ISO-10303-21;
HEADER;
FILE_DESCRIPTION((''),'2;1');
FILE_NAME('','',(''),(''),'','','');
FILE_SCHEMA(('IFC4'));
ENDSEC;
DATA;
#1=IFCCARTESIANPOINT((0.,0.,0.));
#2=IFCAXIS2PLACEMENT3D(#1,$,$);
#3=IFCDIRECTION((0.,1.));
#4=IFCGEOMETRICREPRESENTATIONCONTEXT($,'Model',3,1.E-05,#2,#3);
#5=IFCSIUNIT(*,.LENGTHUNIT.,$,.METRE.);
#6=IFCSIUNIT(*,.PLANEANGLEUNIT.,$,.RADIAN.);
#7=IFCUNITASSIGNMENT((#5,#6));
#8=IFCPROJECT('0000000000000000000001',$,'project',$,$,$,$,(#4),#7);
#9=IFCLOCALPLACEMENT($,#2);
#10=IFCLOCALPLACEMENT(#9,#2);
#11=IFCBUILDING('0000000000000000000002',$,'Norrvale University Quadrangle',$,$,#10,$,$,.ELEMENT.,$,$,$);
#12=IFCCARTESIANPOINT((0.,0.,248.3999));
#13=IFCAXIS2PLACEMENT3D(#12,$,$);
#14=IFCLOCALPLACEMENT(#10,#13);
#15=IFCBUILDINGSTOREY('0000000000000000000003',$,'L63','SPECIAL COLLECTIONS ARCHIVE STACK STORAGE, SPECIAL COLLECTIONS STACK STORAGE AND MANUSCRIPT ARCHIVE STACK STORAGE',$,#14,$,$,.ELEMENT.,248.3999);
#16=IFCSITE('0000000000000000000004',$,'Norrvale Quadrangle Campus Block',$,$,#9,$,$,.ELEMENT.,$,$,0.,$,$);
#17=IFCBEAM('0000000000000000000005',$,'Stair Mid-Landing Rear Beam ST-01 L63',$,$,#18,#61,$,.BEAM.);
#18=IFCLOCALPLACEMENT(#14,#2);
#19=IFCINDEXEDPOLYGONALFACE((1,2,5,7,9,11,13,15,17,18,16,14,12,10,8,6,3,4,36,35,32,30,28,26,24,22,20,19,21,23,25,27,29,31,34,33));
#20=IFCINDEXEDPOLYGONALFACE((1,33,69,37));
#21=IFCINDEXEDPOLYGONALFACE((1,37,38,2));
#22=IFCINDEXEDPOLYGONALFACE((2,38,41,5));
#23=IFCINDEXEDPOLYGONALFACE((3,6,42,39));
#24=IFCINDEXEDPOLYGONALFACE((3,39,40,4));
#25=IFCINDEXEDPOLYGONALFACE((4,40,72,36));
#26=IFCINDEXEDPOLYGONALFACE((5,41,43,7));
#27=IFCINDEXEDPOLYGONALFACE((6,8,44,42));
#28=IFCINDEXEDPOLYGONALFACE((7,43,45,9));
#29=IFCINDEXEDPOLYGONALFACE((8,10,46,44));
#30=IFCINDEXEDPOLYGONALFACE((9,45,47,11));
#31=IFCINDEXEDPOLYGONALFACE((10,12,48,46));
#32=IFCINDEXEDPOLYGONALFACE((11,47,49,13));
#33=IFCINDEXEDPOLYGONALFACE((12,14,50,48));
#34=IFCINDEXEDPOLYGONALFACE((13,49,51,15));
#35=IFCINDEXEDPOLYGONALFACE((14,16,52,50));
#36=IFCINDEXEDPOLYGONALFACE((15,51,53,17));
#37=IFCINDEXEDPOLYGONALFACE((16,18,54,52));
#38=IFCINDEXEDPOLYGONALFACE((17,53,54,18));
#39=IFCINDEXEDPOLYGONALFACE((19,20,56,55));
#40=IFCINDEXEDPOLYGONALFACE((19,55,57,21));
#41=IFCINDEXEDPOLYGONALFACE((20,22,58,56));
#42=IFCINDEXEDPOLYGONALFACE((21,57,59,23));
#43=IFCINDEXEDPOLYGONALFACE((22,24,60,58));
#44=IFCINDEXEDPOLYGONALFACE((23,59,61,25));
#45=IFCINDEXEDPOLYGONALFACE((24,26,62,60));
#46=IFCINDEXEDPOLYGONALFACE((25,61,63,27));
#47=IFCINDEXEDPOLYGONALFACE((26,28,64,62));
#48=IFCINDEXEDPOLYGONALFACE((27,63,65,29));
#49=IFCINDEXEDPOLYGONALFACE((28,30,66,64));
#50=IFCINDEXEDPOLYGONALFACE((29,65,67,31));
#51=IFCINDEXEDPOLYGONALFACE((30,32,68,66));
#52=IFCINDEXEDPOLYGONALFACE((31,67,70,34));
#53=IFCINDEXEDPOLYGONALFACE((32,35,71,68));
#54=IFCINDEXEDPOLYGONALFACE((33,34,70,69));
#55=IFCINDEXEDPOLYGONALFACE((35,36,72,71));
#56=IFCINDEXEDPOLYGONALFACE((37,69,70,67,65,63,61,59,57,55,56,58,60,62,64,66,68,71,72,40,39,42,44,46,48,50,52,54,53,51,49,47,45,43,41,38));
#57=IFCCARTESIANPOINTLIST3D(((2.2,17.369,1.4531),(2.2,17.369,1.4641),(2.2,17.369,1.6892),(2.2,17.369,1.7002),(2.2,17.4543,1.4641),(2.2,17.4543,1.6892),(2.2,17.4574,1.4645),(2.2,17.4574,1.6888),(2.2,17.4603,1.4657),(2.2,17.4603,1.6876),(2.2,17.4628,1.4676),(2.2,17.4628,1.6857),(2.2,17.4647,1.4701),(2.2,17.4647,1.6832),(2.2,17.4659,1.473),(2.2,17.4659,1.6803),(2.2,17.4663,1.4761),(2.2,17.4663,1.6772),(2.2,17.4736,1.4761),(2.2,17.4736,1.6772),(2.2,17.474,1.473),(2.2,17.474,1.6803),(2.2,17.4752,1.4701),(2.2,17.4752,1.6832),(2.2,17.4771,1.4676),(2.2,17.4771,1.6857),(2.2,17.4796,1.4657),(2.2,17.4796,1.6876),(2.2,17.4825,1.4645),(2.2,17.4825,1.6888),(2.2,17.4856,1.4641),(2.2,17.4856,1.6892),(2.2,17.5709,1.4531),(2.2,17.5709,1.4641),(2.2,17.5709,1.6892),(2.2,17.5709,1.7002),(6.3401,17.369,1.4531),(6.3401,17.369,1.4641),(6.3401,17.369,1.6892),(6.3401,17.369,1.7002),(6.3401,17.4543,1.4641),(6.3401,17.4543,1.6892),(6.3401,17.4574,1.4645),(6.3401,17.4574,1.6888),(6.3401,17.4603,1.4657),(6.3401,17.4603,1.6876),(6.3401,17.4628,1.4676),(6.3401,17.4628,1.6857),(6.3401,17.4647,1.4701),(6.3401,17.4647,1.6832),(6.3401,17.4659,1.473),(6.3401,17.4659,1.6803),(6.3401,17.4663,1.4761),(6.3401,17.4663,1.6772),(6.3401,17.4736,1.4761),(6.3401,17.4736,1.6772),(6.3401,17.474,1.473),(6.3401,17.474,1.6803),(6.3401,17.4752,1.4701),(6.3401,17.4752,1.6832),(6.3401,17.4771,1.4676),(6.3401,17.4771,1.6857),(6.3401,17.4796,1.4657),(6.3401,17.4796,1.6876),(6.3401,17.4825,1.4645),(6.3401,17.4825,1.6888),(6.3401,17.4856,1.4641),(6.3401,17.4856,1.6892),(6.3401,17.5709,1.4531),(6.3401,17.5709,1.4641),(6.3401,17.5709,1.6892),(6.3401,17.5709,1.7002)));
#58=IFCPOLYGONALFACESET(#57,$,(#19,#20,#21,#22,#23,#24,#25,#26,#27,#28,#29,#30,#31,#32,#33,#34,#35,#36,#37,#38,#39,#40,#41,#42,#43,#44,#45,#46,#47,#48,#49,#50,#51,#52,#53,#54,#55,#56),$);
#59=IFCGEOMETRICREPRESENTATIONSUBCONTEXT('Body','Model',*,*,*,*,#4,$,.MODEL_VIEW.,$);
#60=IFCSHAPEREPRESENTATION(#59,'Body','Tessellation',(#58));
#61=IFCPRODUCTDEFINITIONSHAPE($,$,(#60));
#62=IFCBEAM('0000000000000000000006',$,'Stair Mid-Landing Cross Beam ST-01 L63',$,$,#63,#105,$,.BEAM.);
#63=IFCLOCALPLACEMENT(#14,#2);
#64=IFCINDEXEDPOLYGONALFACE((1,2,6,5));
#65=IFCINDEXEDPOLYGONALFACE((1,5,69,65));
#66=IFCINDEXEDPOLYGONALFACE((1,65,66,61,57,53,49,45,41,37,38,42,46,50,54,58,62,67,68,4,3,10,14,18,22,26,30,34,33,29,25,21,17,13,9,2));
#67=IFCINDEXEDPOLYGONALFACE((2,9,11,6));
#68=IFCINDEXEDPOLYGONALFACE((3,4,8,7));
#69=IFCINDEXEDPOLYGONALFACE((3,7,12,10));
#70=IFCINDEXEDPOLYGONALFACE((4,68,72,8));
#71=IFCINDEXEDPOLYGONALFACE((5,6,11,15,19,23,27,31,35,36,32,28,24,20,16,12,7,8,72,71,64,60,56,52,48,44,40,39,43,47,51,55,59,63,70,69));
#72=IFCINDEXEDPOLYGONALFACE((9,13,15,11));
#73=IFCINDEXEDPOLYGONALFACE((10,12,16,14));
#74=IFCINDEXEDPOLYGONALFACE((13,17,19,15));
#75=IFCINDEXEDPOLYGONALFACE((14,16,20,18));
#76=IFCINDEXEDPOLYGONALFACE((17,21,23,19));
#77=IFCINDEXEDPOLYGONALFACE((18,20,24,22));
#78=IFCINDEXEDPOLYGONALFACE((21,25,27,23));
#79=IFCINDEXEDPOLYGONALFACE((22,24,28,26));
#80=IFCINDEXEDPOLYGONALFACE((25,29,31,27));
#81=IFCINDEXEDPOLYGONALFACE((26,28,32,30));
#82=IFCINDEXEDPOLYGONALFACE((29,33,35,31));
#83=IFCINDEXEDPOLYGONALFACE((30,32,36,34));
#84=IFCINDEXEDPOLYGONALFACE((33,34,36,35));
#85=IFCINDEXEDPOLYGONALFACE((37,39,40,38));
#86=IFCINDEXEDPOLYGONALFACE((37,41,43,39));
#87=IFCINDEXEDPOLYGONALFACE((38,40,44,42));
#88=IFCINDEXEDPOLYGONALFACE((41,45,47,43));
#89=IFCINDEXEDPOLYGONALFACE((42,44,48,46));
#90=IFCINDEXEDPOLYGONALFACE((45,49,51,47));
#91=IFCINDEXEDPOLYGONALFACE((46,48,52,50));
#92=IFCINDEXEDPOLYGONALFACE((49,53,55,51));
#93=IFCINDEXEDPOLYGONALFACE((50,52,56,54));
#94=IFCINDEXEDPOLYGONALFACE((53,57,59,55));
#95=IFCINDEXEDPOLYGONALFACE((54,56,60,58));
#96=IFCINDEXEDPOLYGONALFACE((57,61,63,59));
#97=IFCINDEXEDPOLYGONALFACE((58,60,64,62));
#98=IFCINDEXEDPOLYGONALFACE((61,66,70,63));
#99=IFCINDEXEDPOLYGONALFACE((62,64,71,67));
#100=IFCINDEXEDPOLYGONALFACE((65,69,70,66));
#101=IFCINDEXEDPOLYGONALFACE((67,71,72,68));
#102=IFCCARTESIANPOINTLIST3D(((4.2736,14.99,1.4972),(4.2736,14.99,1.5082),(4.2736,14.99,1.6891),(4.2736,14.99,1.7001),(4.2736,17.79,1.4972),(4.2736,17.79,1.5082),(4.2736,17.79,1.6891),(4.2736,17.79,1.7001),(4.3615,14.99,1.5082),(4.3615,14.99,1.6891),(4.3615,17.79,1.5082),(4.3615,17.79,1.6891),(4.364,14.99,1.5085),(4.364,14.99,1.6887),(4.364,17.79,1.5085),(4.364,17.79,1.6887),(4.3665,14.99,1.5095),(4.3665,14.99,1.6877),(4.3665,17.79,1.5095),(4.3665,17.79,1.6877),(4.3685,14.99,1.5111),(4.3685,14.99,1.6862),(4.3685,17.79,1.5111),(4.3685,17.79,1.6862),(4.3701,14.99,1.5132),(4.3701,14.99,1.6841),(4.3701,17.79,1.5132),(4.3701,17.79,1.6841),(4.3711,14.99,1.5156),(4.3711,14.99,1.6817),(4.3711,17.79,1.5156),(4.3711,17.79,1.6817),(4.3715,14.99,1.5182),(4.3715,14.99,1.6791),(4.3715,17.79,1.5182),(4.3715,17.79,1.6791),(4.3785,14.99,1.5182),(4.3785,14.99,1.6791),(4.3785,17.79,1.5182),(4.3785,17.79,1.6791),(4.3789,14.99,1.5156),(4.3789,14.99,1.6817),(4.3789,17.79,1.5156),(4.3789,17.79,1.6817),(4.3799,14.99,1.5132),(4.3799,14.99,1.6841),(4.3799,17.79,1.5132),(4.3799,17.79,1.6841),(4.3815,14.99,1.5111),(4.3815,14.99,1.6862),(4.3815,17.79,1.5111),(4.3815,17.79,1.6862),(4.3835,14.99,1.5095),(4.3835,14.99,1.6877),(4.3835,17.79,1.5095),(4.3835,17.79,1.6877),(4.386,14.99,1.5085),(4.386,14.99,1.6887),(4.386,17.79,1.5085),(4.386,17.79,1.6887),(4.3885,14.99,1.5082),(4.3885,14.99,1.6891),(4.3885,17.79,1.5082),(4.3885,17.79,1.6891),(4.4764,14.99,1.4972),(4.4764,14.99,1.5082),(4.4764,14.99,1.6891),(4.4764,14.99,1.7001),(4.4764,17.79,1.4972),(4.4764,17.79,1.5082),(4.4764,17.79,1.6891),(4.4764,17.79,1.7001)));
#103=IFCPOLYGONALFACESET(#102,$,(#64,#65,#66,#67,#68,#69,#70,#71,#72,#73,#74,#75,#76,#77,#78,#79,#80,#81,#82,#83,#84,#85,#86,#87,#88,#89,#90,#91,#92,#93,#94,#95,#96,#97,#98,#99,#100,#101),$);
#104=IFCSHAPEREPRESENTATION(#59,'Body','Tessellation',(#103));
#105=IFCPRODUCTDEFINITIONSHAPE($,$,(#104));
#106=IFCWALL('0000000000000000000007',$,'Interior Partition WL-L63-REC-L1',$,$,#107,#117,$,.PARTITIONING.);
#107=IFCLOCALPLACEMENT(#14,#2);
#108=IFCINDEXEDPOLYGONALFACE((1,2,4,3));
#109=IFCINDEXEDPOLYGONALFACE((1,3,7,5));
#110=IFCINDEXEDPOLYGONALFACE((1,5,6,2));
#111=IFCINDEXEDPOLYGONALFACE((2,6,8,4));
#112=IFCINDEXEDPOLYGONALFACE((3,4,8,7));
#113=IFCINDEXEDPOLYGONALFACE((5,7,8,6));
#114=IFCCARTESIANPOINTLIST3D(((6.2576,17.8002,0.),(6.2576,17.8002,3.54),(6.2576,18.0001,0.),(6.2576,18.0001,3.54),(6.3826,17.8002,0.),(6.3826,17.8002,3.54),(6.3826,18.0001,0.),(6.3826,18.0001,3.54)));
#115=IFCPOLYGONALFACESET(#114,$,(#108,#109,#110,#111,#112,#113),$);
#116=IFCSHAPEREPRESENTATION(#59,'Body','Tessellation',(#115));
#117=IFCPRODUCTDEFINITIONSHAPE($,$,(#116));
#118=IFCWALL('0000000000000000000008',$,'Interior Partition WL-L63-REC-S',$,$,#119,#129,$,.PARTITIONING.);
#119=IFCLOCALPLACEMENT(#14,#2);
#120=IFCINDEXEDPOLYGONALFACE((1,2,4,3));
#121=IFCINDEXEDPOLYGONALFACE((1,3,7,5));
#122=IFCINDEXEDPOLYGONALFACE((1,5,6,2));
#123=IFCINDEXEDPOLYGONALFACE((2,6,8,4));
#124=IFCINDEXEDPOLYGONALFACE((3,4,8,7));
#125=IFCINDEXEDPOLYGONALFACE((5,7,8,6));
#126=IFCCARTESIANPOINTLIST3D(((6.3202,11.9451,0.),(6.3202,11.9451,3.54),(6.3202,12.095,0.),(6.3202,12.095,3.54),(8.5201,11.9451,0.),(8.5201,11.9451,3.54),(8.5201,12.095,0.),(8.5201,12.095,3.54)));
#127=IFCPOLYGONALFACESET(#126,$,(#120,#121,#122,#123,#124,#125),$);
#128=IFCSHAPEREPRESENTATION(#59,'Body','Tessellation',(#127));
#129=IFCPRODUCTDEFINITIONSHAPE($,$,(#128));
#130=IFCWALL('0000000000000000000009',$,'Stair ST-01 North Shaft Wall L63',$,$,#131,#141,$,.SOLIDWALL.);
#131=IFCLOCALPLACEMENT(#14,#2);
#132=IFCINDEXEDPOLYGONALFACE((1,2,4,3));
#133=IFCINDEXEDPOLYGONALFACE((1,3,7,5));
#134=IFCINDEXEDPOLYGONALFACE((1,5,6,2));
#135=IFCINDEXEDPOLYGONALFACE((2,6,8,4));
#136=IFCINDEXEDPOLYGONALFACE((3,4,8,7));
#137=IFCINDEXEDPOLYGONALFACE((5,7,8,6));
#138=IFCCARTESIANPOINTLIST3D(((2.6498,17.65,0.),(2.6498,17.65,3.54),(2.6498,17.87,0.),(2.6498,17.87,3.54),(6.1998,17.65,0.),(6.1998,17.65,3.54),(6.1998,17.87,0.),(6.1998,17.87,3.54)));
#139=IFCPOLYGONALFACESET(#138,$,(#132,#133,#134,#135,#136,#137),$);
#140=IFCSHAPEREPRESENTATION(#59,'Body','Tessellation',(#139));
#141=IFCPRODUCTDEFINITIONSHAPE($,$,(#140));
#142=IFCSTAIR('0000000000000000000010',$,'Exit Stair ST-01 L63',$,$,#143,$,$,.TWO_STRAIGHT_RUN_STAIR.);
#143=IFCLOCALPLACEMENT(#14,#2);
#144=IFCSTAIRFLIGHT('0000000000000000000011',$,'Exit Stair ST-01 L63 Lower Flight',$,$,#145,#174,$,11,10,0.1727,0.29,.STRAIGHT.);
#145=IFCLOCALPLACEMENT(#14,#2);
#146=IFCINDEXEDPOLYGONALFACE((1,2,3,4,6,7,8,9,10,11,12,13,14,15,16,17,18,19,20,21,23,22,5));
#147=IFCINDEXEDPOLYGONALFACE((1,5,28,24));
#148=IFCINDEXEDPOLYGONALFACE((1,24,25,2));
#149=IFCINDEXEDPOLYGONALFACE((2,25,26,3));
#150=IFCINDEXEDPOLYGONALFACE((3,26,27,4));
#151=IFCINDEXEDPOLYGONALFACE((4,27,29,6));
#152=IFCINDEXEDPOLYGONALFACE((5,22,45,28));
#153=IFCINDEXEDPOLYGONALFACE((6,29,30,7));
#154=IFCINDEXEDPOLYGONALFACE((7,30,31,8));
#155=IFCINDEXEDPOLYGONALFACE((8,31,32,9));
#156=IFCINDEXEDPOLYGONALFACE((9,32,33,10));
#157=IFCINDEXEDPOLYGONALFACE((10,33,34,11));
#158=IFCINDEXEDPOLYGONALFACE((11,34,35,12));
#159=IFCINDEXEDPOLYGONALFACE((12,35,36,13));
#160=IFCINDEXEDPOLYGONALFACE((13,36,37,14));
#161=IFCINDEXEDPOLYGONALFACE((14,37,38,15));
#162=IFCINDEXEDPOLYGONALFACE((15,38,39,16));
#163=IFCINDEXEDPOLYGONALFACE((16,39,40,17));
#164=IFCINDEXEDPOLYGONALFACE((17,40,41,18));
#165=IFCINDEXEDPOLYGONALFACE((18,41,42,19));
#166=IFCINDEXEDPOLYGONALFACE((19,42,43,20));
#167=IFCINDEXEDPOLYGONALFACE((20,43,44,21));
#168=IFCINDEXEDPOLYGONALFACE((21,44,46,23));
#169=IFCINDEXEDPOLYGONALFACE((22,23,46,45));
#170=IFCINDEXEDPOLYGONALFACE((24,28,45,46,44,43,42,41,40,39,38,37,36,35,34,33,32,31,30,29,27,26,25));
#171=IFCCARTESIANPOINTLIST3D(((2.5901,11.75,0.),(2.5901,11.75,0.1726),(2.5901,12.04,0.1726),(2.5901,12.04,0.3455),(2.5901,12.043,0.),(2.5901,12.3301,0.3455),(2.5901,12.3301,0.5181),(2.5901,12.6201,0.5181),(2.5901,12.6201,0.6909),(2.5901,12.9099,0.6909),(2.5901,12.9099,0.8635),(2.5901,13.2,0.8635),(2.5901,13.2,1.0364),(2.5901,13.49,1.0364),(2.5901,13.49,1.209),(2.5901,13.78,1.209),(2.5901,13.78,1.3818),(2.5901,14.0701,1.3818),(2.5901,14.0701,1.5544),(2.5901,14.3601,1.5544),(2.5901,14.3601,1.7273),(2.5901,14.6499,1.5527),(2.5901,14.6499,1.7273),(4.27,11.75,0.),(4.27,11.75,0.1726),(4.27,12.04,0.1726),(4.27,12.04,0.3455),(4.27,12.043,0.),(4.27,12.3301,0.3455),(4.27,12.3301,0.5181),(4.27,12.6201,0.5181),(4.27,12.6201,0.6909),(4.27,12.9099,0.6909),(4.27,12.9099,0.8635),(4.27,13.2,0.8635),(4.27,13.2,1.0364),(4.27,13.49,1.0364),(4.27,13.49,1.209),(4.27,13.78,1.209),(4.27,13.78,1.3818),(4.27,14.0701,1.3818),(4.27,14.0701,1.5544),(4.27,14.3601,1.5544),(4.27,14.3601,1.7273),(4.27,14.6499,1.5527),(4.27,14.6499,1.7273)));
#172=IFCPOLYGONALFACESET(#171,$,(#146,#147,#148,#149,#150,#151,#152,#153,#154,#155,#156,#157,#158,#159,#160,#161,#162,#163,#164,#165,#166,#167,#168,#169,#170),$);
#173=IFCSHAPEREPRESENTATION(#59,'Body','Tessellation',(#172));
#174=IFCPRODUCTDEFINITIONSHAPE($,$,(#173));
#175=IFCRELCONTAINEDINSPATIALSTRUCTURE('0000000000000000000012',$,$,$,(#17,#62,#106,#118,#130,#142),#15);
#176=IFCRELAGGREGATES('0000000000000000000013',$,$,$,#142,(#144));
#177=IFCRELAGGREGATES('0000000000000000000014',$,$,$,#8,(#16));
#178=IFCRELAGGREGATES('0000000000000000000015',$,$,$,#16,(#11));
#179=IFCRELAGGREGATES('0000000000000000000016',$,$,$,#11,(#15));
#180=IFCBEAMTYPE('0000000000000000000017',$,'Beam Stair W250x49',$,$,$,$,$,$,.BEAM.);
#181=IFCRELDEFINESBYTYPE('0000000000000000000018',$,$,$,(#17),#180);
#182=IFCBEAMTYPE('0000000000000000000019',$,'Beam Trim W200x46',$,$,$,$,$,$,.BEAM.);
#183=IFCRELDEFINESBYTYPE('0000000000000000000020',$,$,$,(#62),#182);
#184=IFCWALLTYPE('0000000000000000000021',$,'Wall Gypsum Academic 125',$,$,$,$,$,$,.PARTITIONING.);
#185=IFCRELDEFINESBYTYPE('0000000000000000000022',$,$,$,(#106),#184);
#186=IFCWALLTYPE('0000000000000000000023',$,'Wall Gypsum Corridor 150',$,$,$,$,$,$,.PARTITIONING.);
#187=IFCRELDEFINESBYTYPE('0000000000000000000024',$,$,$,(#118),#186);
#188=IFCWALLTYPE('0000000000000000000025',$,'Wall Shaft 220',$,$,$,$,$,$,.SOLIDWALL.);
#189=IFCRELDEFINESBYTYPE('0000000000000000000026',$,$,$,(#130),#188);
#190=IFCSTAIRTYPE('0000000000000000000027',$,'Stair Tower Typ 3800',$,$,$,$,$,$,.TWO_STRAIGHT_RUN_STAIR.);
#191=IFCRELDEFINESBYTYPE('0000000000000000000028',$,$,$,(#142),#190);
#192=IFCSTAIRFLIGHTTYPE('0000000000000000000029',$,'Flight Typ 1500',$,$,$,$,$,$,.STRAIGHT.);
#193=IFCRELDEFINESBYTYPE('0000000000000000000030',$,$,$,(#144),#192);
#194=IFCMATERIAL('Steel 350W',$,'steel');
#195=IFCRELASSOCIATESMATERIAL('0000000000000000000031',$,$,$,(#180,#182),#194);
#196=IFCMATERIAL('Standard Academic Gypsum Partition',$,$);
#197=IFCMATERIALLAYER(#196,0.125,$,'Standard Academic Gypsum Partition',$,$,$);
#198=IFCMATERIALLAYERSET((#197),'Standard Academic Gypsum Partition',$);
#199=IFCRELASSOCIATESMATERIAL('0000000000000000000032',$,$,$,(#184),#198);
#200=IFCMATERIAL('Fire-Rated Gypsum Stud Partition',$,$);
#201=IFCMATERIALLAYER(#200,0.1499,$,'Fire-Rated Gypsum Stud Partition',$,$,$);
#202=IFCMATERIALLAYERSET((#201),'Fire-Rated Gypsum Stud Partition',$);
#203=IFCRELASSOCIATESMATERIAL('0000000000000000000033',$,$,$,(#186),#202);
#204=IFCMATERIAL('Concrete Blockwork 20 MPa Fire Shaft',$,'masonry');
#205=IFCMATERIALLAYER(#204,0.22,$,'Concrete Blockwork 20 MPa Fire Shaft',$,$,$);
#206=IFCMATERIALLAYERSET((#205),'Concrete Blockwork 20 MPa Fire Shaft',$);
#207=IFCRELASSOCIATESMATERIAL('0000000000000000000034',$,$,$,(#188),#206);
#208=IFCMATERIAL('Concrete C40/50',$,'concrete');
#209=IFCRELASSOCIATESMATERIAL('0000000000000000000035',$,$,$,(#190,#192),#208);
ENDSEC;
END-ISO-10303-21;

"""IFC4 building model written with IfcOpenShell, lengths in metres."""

from ifc_helpers import new_model, si_unit, direction, frame, frame_2d, origin, origin_2d, place, context, subcontext, project, spatial, polyline, rectangle, i_section, outline, extrude, material, layer, layer_set, material_profile, profile_set, type_object, element, aggregate, save


model = new_model("IFC4")

# Units and contexts
model_context = context("Model", 3, precision=1e-05, world=origin(), true_north=direction((0.0, 1.0)))
body_context = subcontext(model_context, "Body", "Model", "MODEL_VIEW")
ifc_project = project(units=[si_unit("LENGTHUNIT", "METRE"), si_unit("PLANEANGLEUNIT", "RADIAN")], contexts=[model_context])

# Site, building, storey
site_placement = place(None, origin())
site = spatial("IfcSite", under=ifc_project, at=site_placement, Name="Norrvale Quadrangle Campus Block", CompositionType="ELEMENT", RefElevation=0.0)
building_placement = place(site_placement, origin())
building = spatial("IfcBuilding", under=site, at=building_placement, Name="Norrvale University Quadrangle", CompositionType="ELEMENT")
storey_placement = place(building_placement, frame((0.0, 0.0, 248.3999)))
storey = spatial("IfcBuildingStorey", under=building, at=storey_placement, Name="L63", Description="SPECIAL COLLECTIONS ARCHIVE STACK STORAGE, SPECIAL COLLECTIONS STACK STORAGE AND MANUSCRIPT ARCHIVE STACK STORAGE", CompositionType="ELEMENT", Elevation=248.3999)

# Beams
ifc_material_1 = material(Name="Steel 350W", Category="steel")
ifc_material_profile_1 = material_profile(ifc_material_1, i_section(OverallWidth=0.2019, OverallDepth=0.2471, WebThickness=0.0073, FlangeThickness=0.011, FilletRadius=0.012, at=origin_2d()), Name="Steel 350W")
ifc_profile_set_1 = profile_set([ifc_material_profile_1], Name="Steel 350W")
beam_type_1 = type_object("IfcBeamType", Name="Beam Stair W250x49", PredefinedType="BEAM", material=ifc_profile_set_1)
for number, where, z_axis, x_axis, name in (
    (1, (2.2, 17.47, 1.5767), (1.0, 0.0, 0.0), (0.0, 1.0, 0.0), "Stair Mid-Landing Rear Beam ST-01 L63"),
):
    element("IfcBeam", number, at=place(storey_placement, frame(where, z_axis=z_axis, x_axis=x_axis)), inside=storey, type_object=beam_type_1, Name=name, PredefinedType="BEAM", context=body_context, shape_type="SweptSolid", body=[
        extrude(i_section(OverallWidth=0.2019, OverallDepth=0.2471, WebThickness=0.0073, FlangeThickness=0.011, FilletRadius=0.012, at=origin_2d()), origin(), (0.0, 0.0, 1.0), 4.1401),
    ])
ifc_material_profile_2 = material_profile(ifc_material_1, i_section(OverallWidth=0.2029, OverallDepth=0.2029, WebThickness=0.0071, FlangeThickness=0.011, FilletRadius=0.01, at=origin_2d()), Name="Steel 350W")
ifc_profile_set_2 = profile_set([ifc_material_profile_2], Name="Steel 350W")
beam_type_2 = type_object("IfcBeamType", Name="Beam Trim W200x46", PredefinedType="BEAM", material=ifc_profile_set_2)
beam_1_placement = place(storey_placement, frame((4.375, 14.99, 1.5986), z_axis=(0.0, 1.0, 0.0), x_axis=(-1.0, 0.0, 0.0)))
element("IfcBeam", 2, at=beam_1_placement, inside=storey, type_object=beam_type_2, Name="Stair Mid-Landing Cross Beam ST-01 L63", PredefinedType="BEAM", context=body_context, shape_type="SweptSolid", body=[
    extrude(i_section(OverallWidth=0.2029, OverallDepth=0.2029, WebThickness=0.0071, FlangeThickness=0.011, FilletRadius=0.01, at=origin_2d()), origin(), (0.0, 0.0, 1.0), 2.8),
])

# Walls
ifc_material_2 = material(Name="Standard Academic Gypsum Partition")
ifc_layer_1 = layer(ifc_material_2, 0.125, Name="Standard Academic Gypsum Partition")
ifc_layer_set_1 = layer_set([ifc_layer_1], Name="Standard Academic Gypsum Partition")
wall_type_1 = type_object("IfcWallType", Name="Wall Gypsum Academic 125", PredefinedType="PARTITIONING", material=ifc_layer_set_1)
wall_1_placement = place(storey_placement, frame((6.3201, 17.8, 0.0), z_axis=(0.0, 0.0, 1.0), x_axis=(0.0, 1.0, 0.0)))
element("IfcWall", 3, at=wall_1_placement, inside=storey, type_object=wall_type_1, Name="Interior Partition WL-L63-REC-L1", PredefinedType="PARTITIONING", context=body_context, shape_type="SweptSolid", body=[
    extrude(rectangle(XDim=0.2, YDim=0.125, at=frame_2d((0.1001, 0.0))), origin(), (0.0, 0.0, 1.0), 3.54),
])
ifc_material_3 = material(Name="Fire-Rated Gypsum Stud Partition")
ifc_layer_2 = layer(ifc_material_3, 0.1499, Name="Fire-Rated Gypsum Stud Partition")
ifc_layer_set_2 = layer_set([ifc_layer_2], Name="Fire-Rated Gypsum Stud Partition")
wall_type_2 = type_object("IfcWallType", Name="Wall Gypsum Corridor 150", PredefinedType="PARTITIONING", material=ifc_layer_set_2)
wall_2_placement = place(storey_placement, frame((6.3201, 12.02, 0.0), z_axis=(0.0, 0.0, 1.0), x_axis=(1.0, 0.0, 0.0)))
element("IfcWall", 4, at=wall_2_placement, inside=storey, type_object=wall_type_2, Name="Interior Partition WL-L63-REC-S", PredefinedType="PARTITIONING", context=body_context, shape_type="SweptSolid", body=[
    extrude(rectangle(XDim=2.2, YDim=0.1499, at=frame_2d((1.1001, 0.0))), origin(), (0.0, 0.0, 1.0), 3.54),
])
ifc_material_4 = material(Name="Concrete Blockwork 20 MPa Fire Shaft", Category="masonry")
ifc_layer_3 = layer(ifc_material_4, 0.22, Name="Concrete Blockwork 20 MPa Fire Shaft")
ifc_layer_set_3 = layer_set([ifc_layer_3], Name="Concrete Blockwork 20 MPa Fire Shaft")
wall_type_3 = type_object("IfcWallType", Name="Wall Shaft 220", PredefinedType="SOLIDWALL", material=ifc_layer_set_3)
wall_3_placement = place(storey_placement, frame((2.6499, 17.76, 0.0), z_axis=(0.0, 0.0, 1.0), x_axis=(1.0, 0.0, 0.0)))
element("IfcWall", 5, at=wall_3_placement, inside=storey, type_object=wall_type_3, Name="Stair ST-01 North Shaft Wall L63", PredefinedType="SOLIDWALL", context=body_context, shape_type="SweptSolid", body=[
    extrude(rectangle(XDim=3.55, YDim=0.22, at=frame_2d((1.7749, 0.0))), origin(), (0.0, 0.0, 1.0), 3.54),
])

# Stair, stair flight
ifc_material_5 = material(Name="Concrete C40/50", Category="concrete")
stair_type = type_object("IfcStairType", Name="Stair Tower Typ 3800", PredefinedType="TWO_STRAIGHT_RUN_STAIR", material=ifc_material_5)
stair_placement = place(storey_placement, origin())
stair = element("IfcStair", 6, at=stair_placement, inside=storey, type_object=stair_type, Name="Exit Stair ST-01 L63", PredefinedType="TWO_STRAIGHT_RUN_STAIR")
stair_flight_type = type_object("IfcStairFlightType", Name="Flight Typ 1500", PredefinedType="STRAIGHT", material=ifc_material_5)
stair_flight_1_placement = place(storey_placement, frame((3.4299, 11.75, 0.0), z_axis=(0.0, 0.0, 1.0), x_axis=(0.0, 1.0, 0.0)))
stair_flight_1 = element("IfcStairFlight", 7, at=stair_flight_1_placement, type_object=stair_flight_type, Name="Exit Stair ST-01 L63 Lower Flight", NumberOfRisers=11, NumberOfTreads=10, PredefinedType="STRAIGHT", RiserHeight=0.1727, TreadLength=0.29, context=body_context, shape_type="SweptSolid", body=[
    extrude(outline(polyline([(0.0, 0.0), (0.0, 0.1726), (0.29, 0.1726), (0.29, 0.3455), (0.5801, 0.3455), (0.5801, 0.5181), (0.8701, 0.5181), (0.8701, 0.6909), (1.1599, 0.6909), (1.1599, 0.8635), (1.45, 0.8635), (1.45, 1.0364), (1.74, 1.0364), (1.74, 1.209), (2.03, 1.209), (2.03, 1.3818), (2.3201, 1.3818), (2.3201, 1.5544), (2.6101, 1.5544), (2.6101, 1.7273), (2.8999, 1.7273), (2.8999, 1.8999), (2.8999, 1.5527), (0.293, 0.0), (0.0, 0.0)])), frame((0.0, 0.8398, 0.0), z_axis=(0.0, -1.0, 0.0), x_axis=(1.0, 0.0, 0.0)), (0.0, 0.0, 1.0), 1.6799),
])
aggregate(stair, [stair_flight_1])

save(model, "model.ifc")
